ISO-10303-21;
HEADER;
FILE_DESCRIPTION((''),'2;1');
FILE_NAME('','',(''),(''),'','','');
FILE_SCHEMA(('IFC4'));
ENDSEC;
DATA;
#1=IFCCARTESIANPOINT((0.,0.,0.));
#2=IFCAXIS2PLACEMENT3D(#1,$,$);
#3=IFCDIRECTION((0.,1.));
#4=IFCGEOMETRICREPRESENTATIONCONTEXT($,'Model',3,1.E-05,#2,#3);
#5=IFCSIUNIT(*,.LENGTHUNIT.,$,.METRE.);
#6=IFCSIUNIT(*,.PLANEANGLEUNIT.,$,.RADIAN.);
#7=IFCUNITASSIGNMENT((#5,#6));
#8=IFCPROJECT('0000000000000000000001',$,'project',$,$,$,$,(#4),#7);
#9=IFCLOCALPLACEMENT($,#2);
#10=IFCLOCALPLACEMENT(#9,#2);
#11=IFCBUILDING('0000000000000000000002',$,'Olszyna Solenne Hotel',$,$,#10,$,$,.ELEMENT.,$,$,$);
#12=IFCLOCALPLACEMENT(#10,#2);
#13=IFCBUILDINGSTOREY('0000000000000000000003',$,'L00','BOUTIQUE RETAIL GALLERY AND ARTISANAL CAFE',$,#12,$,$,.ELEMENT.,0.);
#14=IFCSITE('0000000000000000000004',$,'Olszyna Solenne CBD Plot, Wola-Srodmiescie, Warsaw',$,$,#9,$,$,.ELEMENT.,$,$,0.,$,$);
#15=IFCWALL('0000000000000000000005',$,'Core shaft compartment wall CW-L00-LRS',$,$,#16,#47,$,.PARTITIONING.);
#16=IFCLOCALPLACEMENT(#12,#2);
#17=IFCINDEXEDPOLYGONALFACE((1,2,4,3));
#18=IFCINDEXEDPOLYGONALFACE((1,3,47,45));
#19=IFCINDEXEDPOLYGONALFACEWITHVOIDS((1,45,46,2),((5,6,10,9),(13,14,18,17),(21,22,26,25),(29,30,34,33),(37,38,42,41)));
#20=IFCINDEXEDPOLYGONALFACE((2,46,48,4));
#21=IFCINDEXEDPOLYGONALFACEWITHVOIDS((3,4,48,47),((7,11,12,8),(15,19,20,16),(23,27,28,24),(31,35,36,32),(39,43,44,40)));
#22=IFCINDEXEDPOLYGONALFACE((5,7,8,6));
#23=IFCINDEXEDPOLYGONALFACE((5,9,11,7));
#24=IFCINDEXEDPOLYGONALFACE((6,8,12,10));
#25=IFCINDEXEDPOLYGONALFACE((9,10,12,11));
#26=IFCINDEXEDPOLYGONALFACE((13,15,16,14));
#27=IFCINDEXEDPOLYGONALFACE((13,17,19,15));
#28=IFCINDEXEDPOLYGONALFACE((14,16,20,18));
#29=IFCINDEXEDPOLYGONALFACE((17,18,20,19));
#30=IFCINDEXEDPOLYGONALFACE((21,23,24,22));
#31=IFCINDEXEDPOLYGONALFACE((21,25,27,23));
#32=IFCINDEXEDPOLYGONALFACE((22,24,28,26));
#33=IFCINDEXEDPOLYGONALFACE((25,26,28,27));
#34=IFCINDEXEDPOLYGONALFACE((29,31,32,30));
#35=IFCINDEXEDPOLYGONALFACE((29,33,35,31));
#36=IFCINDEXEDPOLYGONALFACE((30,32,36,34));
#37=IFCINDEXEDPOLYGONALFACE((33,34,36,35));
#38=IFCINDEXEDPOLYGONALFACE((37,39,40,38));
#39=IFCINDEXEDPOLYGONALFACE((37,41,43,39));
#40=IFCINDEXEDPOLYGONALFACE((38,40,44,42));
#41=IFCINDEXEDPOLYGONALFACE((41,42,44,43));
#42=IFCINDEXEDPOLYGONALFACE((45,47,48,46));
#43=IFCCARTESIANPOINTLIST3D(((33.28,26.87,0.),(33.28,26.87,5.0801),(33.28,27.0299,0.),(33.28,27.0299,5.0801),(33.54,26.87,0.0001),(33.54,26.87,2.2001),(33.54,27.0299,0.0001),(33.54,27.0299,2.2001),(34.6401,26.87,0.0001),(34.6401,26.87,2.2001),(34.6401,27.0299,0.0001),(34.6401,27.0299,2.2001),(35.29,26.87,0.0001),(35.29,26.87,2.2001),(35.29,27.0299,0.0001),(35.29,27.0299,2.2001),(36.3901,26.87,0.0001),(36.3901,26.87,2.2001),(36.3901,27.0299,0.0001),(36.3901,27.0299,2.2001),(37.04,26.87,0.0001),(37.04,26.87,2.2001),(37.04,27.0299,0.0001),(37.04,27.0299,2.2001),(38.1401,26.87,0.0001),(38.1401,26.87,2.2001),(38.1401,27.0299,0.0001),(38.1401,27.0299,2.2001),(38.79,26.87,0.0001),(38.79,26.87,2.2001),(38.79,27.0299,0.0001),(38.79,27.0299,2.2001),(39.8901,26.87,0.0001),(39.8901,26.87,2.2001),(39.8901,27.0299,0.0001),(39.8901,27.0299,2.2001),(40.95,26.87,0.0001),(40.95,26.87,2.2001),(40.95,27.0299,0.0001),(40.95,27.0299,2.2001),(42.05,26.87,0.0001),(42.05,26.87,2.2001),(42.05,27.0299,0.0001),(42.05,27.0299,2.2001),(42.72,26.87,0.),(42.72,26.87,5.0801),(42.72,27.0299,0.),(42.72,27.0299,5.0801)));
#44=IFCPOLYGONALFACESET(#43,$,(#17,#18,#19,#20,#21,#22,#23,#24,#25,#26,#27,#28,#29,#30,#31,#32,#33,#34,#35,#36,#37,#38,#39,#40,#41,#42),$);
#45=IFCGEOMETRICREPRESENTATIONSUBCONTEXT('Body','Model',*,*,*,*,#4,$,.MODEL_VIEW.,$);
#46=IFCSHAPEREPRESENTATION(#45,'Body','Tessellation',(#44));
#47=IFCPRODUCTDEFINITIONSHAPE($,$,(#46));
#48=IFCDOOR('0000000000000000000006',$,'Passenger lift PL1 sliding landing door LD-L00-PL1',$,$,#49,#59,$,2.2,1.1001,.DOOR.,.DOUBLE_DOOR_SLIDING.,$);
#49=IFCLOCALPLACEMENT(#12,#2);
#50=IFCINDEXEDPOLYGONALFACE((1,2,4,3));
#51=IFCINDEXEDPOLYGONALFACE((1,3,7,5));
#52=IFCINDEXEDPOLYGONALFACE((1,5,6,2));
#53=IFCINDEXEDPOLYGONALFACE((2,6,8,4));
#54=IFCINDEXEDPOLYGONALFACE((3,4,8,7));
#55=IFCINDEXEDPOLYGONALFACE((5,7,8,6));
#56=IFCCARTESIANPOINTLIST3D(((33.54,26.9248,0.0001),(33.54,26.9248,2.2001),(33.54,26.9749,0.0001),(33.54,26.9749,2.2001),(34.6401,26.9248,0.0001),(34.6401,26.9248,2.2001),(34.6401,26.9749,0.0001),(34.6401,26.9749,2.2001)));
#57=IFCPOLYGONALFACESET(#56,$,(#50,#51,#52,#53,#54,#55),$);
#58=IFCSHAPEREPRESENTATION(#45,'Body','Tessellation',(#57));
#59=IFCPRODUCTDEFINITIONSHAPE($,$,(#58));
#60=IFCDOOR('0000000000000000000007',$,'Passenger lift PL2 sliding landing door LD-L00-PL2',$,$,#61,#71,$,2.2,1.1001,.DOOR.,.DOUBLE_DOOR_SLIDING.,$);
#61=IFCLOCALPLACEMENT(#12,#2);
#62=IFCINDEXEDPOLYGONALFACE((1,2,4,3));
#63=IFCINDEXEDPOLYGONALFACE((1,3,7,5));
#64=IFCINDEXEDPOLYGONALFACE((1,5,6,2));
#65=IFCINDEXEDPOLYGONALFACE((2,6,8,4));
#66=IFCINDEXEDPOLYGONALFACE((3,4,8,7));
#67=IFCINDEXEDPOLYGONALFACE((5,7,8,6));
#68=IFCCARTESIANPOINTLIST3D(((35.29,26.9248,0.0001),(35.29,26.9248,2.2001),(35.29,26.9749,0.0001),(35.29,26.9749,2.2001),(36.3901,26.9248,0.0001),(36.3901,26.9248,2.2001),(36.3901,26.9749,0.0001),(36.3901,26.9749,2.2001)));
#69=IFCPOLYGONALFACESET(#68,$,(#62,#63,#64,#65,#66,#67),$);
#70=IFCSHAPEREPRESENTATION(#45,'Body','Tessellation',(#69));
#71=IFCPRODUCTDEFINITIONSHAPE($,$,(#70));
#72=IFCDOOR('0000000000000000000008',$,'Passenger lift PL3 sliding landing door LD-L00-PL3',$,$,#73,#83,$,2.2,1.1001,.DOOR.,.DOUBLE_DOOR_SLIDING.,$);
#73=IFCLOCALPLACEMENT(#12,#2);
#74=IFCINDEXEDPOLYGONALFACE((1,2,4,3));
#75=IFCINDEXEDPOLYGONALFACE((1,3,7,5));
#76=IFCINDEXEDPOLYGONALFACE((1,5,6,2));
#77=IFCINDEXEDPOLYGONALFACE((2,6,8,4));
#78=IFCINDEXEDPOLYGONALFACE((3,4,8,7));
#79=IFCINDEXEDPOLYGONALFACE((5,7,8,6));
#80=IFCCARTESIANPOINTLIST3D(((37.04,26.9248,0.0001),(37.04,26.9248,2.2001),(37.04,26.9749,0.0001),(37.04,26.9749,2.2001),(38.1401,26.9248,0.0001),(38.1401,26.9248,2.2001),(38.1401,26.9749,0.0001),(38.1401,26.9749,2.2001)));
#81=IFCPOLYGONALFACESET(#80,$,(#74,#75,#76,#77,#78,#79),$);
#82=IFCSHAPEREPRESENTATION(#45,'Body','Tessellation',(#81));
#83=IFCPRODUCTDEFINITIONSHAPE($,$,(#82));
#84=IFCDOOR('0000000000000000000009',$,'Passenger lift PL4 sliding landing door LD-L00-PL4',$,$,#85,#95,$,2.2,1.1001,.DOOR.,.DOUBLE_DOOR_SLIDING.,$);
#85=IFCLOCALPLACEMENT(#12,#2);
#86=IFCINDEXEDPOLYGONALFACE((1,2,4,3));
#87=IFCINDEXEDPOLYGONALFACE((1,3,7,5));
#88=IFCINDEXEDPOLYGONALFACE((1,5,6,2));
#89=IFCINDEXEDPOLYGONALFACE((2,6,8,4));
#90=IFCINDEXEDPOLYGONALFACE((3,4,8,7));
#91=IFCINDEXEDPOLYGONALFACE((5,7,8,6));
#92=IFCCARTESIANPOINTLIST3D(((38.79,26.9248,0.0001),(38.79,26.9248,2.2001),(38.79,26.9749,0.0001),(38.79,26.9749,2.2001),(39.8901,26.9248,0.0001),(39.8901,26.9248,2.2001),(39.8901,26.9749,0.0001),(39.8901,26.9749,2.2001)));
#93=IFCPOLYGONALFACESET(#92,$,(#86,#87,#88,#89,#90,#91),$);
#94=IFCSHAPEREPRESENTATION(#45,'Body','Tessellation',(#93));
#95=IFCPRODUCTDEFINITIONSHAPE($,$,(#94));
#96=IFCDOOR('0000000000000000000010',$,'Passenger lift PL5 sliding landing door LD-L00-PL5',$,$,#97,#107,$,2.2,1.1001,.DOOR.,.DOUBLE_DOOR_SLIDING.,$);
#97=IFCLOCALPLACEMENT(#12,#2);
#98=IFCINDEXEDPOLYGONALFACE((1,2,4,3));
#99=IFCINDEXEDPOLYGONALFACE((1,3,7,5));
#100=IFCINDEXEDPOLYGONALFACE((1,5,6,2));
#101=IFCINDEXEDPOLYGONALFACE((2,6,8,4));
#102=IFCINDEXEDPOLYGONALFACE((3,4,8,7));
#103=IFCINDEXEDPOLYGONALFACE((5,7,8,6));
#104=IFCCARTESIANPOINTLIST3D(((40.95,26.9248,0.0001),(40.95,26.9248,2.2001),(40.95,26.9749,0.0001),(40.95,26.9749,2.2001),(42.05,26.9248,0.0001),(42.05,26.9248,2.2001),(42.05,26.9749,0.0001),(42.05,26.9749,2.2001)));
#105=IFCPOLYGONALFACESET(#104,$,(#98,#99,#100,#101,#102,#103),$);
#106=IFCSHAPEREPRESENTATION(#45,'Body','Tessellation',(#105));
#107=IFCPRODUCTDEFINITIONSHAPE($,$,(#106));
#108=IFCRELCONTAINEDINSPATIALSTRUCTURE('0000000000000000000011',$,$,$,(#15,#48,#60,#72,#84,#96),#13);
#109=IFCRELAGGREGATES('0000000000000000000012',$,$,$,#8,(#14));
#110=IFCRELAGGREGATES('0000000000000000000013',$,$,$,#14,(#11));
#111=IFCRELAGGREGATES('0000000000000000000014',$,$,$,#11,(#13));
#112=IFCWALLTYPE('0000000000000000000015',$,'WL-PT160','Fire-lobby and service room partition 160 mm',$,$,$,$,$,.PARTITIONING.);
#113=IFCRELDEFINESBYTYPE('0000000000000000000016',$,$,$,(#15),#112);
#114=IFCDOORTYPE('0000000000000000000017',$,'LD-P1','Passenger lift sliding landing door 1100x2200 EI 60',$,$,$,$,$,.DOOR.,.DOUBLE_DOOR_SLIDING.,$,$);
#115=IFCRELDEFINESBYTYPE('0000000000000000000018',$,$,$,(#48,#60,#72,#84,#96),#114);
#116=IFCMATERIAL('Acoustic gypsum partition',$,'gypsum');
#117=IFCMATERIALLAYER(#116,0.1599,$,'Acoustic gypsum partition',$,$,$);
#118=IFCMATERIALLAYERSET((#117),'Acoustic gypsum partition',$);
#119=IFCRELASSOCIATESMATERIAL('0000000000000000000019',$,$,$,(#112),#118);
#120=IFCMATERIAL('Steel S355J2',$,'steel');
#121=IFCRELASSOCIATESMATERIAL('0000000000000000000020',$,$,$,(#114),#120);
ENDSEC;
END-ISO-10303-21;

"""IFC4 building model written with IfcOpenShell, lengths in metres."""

from ifc_helpers import new_model, si_unit, direction, frame, frame_2d, origin, place, context, subcontext, project, spatial, rectangle, extrude, source, transform, mapped, material, layer, layer_set, type_object, type_shapes, element, fill, save


model = new_model("IFC4")

# Units and contexts
model_context = context("Model", 3, precision=1e-05, world=origin(), true_north=direction((0.0, 1.0)))
body_context = subcontext(model_context, "Body", "Model", "MODEL_VIEW")
ifc_project = project(units=[si_unit("LENGTHUNIT", "METRE"), si_unit("PLANEANGLEUNIT", "RADIAN")], contexts=[model_context])

# Site, building, storey
site_placement = place(None, origin())
site = spatial("IfcSite", under=ifc_project, at=site_placement, Name="Olszyna Solenne CBD Plot, Wola-Srodmiescie, Warsaw", CompositionType="ELEMENT", RefElevation=0.0)
building_placement = place(site_placement, origin())
building = spatial("IfcBuilding", under=site, at=building_placement, Name="Olszyna Solenne Hotel", CompositionType="ELEMENT")
storey_placement = place(building_placement, origin())
storey = spatial("IfcBuildingStorey", under=building, at=storey_placement, Name="L00", Description="BOUTIQUE RETAIL GALLERY AND ARTISANAL CAFE", CompositionType="ELEMENT", Elevation=0.0)

# Shared definitions
ifc_material_1 = material(Name="Steel S355J2", Category="steel")

# Shared definitions
ifc_material_2 = material(Name="Acoustic gypsum partition", Category="gypsum")
ifc_layer = layer(ifc_material_2, 0.1599, Name="Acoustic gypsum partition")
ifc_layer_set = layer_set([ifc_layer], Name="Acoustic gypsum partition")
wall_type = type_object("IfcWallType", Name="WL-PT160", Description="Fire-lobby and service room partition 160 mm", PredefinedType="PARTITIONING", material=ifc_layer_set)

# Wall, openings, doors
wall_1_placement = place(storey_placement, frame((33.28, 26.95, 0.0), z_axis=(0.0, 0.0, 1.0), x_axis=(1.0, 0.0, 0.0)))
wall_1 = element("IfcWall", 1, at=wall_1_placement, inside=storey, type_object=wall_type, Name="Core shaft compartment wall CW-L00-LRS", PredefinedType="PARTITIONING", context=body_context, shape_type="SweptSolid", body=[
    extrude(rectangle(XDim=9.4399, YDim=0.1599, at=frame_2d((4.72, 0.0))), origin(), (0.0, 0.0, 1.0), 5.0801),
])
opening_1_placement = place(wall_1_placement, frame((0.26, 0.0, 0.0)))
opening_1 = element("IfcOpeningElement", 2, at=opening_1_placement, cuts=wall_1, PredefinedType="OPENING", context=body_context, shape_type="SweptSolid", body=[
    extrude(rectangle(XDim=1.1001, YDim=2.2, at=frame_2d((0.55, 1.1001))), frame((0.0, 0.0898, 0.0), z_axis=(0.0, -1.0, 0.0), x_axis=(1.0, 0.0, 0.0)), (0.0, 0.0, 1.0), 0.1799),
])
opening_2_placement = place(wall_1_placement, frame((2.01, 0.0, 0.0)))
opening_2 = element("IfcOpeningElement", 3, at=opening_2_placement, cuts=wall_1, PredefinedType="OPENING", context=body_context, shape_type="SweptSolid", body=[
    extrude(rectangle(XDim=1.1001, YDim=2.2, at=frame_2d((0.55, 1.1001))), frame((0.0, 0.0898, 0.0), z_axis=(0.0, -1.0, 0.0), x_axis=(1.0, 0.0, 0.0)), (0.0, 0.0, 1.0), 0.1799),
])
opening_3_placement = place(wall_1_placement, frame((3.76, 0.0, 0.0)))
opening_3 = element("IfcOpeningElement", 4, at=opening_3_placement, cuts=wall_1, PredefinedType="OPENING", context=body_context, shape_type="SweptSolid", body=[
    extrude(rectangle(XDim=1.1001, YDim=2.2, at=frame_2d((0.55, 1.1001))), frame((0.0, 0.0898, 0.0), z_axis=(0.0, -1.0, 0.0), x_axis=(1.0, 0.0, 0.0)), (0.0, 0.0, 1.0), 0.1799),
])
opening_4_placement = place(wall_1_placement, frame((5.51, 0.0, 0.0)))
opening_4 = element("IfcOpeningElement", 5, at=opening_4_placement, cuts=wall_1, PredefinedType="OPENING", context=body_context, shape_type="SweptSolid", body=[
    extrude(rectangle(XDim=1.1001, YDim=2.2, at=frame_2d((0.55, 1.1001))), frame((0.0, 0.0898, 0.0), z_axis=(0.0, -1.0, 0.0), x_axis=(1.0, 0.0, 0.0)), (0.0, 0.0, 1.0), 0.1799),
])
opening_5_placement = place(wall_1_placement, frame((7.6699, 0.0, 0.0)))
opening_5 = element("IfcOpeningElement", 6, at=opening_5_placement, cuts=wall_1, PredefinedType="OPENING", context=body_context, shape_type="SweptSolid", body=[
    extrude(rectangle(XDim=1.1001, YDim=2.2, at=frame_2d((0.55, 1.1001))), frame((0.0, 0.0898, 0.0), z_axis=(0.0, -1.0, 0.0), x_axis=(1.0, 0.0, 0.0)), (0.0, 0.0, 1.0), 0.1799),
])
door_type = type_object("IfcDoorType", Name="LD-P1", Description="Passenger lift sliding landing door 1100x2200 EI 60", OperationType="DOUBLE_DOOR_SLIDING", PredefinedType="DOOR", material=ifc_material_1)
shared_shape_1 = source(origin(), body_context, "Body", "SweptSolid", [
    extrude(rectangle(XDim=1.1001, YDim=2.2, at=frame_2d((0.55, 1.1001))), frame((0.0, 0.0249, 0.0), z_axis=(0.0, -1.0, 0.0), x_axis=(1.0, 0.0, 0.0)), (0.0, 0.0, 1.0), 0.05),
])
type_shapes(door_type, [shared_shape_1])
door_1_placement = place(opening_1_placement, origin())
door_1 = element("IfcDoor", 7, at=door_1_placement, inside=storey, type_object=door_type, Name="Passenger lift PL1 sliding landing door LD-L00-PL1", OperationType="DOUBLE_DOOR_SLIDING", OverallHeight=2.2, OverallWidth=1.1001, PredefinedType="DOOR", context=body_context, shape_type="MappedRepresentation", body=[
    mapped(shared_shape_1, transform((0.0, 0.0, 0.0), x_axis=(1.0, 0.0, 0.0), y_axis=(0.0, 1.0, 0.0), z_axis=(0.0, 0.0, 1.0), scale=1.0)),
])
fill(opening_1, door_1)
door_2_placement = place(opening_2_placement, origin())
door_2 = element("IfcDoor", 8, at=door_2_placement, inside=storey, type_object=door_type, Name="Passenger lift PL2 sliding landing door LD-L00-PL2", OperationType="DOUBLE_DOOR_SLIDING", OverallHeight=2.2, OverallWidth=1.1001, PredefinedType="DOOR", context=body_context, shape_type="MappedRepresentation", body=[
    mapped(shared_shape_1, transform((0.0, 0.0, 0.0), x_axis=(1.0, 0.0, 0.0), y_axis=(0.0, 1.0, 0.0), z_axis=(0.0, 0.0, 1.0), scale=1.0)),
])
fill(opening_2, door_2)
door_3_placement = place(opening_3_placement, origin())
door_3 = element("IfcDoor", 9, at=door_3_placement, inside=storey, type_object=door_type, Name="Passenger lift PL3 sliding landing door LD-L00-PL3", OperationType="DOUBLE_DOOR_SLIDING", OverallHeight=2.2, OverallWidth=1.1001, PredefinedType="DOOR", context=body_context, shape_type="MappedRepresentation", body=[
    mapped(shared_shape_1, transform((0.0, 0.0, 0.0), x_axis=(1.0, 0.0, 0.0), y_axis=(0.0, 1.0, 0.0), z_axis=(0.0, 0.0, 1.0), scale=1.0)),
])
fill(opening_3, door_3)
door_4_placement = place(opening_4_placement, origin())
door_4 = element("IfcDoor", 10, at=door_4_placement, inside=storey, type_object=door_type, Name="Passenger lift PL4 sliding landing door LD-L00-PL4", OperationType="DOUBLE_DOOR_SLIDING", OverallHeight=2.2, OverallWidth=1.1001, PredefinedType="DOOR", context=body_context, shape_type="MappedRepresentation", body=[
    mapped(shared_shape_1, transform((0.0, 0.0, 0.0), x_axis=(1.0, 0.0, 0.0), y_axis=(0.0, 1.0, 0.0), z_axis=(0.0, 0.0, 1.0), scale=1.0)),
])
fill(opening_4, door_4)
door_5_placement = place(opening_5_placement, origin())
door_5 = element("IfcDoor", 11, at=door_5_placement, inside=storey, type_object=door_type, Name="Passenger lift PL5 sliding landing door LD-L00-PL5", OperationType="DOUBLE_DOOR_SLIDING", OverallHeight=2.2, OverallWidth=1.1001, PredefinedType="DOOR", context=body_context, shape_type="MappedRepresentation", body=[
    mapped(shared_shape_1, transform((0.0, 0.0, 0.0), x_axis=(1.0, 0.0, 0.0), y_axis=(0.0, 1.0, 0.0), z_axis=(0.0, 0.0, 1.0), scale=1.0)),
])
fill(opening_5, door_5)

save(model, "model.ifc")
